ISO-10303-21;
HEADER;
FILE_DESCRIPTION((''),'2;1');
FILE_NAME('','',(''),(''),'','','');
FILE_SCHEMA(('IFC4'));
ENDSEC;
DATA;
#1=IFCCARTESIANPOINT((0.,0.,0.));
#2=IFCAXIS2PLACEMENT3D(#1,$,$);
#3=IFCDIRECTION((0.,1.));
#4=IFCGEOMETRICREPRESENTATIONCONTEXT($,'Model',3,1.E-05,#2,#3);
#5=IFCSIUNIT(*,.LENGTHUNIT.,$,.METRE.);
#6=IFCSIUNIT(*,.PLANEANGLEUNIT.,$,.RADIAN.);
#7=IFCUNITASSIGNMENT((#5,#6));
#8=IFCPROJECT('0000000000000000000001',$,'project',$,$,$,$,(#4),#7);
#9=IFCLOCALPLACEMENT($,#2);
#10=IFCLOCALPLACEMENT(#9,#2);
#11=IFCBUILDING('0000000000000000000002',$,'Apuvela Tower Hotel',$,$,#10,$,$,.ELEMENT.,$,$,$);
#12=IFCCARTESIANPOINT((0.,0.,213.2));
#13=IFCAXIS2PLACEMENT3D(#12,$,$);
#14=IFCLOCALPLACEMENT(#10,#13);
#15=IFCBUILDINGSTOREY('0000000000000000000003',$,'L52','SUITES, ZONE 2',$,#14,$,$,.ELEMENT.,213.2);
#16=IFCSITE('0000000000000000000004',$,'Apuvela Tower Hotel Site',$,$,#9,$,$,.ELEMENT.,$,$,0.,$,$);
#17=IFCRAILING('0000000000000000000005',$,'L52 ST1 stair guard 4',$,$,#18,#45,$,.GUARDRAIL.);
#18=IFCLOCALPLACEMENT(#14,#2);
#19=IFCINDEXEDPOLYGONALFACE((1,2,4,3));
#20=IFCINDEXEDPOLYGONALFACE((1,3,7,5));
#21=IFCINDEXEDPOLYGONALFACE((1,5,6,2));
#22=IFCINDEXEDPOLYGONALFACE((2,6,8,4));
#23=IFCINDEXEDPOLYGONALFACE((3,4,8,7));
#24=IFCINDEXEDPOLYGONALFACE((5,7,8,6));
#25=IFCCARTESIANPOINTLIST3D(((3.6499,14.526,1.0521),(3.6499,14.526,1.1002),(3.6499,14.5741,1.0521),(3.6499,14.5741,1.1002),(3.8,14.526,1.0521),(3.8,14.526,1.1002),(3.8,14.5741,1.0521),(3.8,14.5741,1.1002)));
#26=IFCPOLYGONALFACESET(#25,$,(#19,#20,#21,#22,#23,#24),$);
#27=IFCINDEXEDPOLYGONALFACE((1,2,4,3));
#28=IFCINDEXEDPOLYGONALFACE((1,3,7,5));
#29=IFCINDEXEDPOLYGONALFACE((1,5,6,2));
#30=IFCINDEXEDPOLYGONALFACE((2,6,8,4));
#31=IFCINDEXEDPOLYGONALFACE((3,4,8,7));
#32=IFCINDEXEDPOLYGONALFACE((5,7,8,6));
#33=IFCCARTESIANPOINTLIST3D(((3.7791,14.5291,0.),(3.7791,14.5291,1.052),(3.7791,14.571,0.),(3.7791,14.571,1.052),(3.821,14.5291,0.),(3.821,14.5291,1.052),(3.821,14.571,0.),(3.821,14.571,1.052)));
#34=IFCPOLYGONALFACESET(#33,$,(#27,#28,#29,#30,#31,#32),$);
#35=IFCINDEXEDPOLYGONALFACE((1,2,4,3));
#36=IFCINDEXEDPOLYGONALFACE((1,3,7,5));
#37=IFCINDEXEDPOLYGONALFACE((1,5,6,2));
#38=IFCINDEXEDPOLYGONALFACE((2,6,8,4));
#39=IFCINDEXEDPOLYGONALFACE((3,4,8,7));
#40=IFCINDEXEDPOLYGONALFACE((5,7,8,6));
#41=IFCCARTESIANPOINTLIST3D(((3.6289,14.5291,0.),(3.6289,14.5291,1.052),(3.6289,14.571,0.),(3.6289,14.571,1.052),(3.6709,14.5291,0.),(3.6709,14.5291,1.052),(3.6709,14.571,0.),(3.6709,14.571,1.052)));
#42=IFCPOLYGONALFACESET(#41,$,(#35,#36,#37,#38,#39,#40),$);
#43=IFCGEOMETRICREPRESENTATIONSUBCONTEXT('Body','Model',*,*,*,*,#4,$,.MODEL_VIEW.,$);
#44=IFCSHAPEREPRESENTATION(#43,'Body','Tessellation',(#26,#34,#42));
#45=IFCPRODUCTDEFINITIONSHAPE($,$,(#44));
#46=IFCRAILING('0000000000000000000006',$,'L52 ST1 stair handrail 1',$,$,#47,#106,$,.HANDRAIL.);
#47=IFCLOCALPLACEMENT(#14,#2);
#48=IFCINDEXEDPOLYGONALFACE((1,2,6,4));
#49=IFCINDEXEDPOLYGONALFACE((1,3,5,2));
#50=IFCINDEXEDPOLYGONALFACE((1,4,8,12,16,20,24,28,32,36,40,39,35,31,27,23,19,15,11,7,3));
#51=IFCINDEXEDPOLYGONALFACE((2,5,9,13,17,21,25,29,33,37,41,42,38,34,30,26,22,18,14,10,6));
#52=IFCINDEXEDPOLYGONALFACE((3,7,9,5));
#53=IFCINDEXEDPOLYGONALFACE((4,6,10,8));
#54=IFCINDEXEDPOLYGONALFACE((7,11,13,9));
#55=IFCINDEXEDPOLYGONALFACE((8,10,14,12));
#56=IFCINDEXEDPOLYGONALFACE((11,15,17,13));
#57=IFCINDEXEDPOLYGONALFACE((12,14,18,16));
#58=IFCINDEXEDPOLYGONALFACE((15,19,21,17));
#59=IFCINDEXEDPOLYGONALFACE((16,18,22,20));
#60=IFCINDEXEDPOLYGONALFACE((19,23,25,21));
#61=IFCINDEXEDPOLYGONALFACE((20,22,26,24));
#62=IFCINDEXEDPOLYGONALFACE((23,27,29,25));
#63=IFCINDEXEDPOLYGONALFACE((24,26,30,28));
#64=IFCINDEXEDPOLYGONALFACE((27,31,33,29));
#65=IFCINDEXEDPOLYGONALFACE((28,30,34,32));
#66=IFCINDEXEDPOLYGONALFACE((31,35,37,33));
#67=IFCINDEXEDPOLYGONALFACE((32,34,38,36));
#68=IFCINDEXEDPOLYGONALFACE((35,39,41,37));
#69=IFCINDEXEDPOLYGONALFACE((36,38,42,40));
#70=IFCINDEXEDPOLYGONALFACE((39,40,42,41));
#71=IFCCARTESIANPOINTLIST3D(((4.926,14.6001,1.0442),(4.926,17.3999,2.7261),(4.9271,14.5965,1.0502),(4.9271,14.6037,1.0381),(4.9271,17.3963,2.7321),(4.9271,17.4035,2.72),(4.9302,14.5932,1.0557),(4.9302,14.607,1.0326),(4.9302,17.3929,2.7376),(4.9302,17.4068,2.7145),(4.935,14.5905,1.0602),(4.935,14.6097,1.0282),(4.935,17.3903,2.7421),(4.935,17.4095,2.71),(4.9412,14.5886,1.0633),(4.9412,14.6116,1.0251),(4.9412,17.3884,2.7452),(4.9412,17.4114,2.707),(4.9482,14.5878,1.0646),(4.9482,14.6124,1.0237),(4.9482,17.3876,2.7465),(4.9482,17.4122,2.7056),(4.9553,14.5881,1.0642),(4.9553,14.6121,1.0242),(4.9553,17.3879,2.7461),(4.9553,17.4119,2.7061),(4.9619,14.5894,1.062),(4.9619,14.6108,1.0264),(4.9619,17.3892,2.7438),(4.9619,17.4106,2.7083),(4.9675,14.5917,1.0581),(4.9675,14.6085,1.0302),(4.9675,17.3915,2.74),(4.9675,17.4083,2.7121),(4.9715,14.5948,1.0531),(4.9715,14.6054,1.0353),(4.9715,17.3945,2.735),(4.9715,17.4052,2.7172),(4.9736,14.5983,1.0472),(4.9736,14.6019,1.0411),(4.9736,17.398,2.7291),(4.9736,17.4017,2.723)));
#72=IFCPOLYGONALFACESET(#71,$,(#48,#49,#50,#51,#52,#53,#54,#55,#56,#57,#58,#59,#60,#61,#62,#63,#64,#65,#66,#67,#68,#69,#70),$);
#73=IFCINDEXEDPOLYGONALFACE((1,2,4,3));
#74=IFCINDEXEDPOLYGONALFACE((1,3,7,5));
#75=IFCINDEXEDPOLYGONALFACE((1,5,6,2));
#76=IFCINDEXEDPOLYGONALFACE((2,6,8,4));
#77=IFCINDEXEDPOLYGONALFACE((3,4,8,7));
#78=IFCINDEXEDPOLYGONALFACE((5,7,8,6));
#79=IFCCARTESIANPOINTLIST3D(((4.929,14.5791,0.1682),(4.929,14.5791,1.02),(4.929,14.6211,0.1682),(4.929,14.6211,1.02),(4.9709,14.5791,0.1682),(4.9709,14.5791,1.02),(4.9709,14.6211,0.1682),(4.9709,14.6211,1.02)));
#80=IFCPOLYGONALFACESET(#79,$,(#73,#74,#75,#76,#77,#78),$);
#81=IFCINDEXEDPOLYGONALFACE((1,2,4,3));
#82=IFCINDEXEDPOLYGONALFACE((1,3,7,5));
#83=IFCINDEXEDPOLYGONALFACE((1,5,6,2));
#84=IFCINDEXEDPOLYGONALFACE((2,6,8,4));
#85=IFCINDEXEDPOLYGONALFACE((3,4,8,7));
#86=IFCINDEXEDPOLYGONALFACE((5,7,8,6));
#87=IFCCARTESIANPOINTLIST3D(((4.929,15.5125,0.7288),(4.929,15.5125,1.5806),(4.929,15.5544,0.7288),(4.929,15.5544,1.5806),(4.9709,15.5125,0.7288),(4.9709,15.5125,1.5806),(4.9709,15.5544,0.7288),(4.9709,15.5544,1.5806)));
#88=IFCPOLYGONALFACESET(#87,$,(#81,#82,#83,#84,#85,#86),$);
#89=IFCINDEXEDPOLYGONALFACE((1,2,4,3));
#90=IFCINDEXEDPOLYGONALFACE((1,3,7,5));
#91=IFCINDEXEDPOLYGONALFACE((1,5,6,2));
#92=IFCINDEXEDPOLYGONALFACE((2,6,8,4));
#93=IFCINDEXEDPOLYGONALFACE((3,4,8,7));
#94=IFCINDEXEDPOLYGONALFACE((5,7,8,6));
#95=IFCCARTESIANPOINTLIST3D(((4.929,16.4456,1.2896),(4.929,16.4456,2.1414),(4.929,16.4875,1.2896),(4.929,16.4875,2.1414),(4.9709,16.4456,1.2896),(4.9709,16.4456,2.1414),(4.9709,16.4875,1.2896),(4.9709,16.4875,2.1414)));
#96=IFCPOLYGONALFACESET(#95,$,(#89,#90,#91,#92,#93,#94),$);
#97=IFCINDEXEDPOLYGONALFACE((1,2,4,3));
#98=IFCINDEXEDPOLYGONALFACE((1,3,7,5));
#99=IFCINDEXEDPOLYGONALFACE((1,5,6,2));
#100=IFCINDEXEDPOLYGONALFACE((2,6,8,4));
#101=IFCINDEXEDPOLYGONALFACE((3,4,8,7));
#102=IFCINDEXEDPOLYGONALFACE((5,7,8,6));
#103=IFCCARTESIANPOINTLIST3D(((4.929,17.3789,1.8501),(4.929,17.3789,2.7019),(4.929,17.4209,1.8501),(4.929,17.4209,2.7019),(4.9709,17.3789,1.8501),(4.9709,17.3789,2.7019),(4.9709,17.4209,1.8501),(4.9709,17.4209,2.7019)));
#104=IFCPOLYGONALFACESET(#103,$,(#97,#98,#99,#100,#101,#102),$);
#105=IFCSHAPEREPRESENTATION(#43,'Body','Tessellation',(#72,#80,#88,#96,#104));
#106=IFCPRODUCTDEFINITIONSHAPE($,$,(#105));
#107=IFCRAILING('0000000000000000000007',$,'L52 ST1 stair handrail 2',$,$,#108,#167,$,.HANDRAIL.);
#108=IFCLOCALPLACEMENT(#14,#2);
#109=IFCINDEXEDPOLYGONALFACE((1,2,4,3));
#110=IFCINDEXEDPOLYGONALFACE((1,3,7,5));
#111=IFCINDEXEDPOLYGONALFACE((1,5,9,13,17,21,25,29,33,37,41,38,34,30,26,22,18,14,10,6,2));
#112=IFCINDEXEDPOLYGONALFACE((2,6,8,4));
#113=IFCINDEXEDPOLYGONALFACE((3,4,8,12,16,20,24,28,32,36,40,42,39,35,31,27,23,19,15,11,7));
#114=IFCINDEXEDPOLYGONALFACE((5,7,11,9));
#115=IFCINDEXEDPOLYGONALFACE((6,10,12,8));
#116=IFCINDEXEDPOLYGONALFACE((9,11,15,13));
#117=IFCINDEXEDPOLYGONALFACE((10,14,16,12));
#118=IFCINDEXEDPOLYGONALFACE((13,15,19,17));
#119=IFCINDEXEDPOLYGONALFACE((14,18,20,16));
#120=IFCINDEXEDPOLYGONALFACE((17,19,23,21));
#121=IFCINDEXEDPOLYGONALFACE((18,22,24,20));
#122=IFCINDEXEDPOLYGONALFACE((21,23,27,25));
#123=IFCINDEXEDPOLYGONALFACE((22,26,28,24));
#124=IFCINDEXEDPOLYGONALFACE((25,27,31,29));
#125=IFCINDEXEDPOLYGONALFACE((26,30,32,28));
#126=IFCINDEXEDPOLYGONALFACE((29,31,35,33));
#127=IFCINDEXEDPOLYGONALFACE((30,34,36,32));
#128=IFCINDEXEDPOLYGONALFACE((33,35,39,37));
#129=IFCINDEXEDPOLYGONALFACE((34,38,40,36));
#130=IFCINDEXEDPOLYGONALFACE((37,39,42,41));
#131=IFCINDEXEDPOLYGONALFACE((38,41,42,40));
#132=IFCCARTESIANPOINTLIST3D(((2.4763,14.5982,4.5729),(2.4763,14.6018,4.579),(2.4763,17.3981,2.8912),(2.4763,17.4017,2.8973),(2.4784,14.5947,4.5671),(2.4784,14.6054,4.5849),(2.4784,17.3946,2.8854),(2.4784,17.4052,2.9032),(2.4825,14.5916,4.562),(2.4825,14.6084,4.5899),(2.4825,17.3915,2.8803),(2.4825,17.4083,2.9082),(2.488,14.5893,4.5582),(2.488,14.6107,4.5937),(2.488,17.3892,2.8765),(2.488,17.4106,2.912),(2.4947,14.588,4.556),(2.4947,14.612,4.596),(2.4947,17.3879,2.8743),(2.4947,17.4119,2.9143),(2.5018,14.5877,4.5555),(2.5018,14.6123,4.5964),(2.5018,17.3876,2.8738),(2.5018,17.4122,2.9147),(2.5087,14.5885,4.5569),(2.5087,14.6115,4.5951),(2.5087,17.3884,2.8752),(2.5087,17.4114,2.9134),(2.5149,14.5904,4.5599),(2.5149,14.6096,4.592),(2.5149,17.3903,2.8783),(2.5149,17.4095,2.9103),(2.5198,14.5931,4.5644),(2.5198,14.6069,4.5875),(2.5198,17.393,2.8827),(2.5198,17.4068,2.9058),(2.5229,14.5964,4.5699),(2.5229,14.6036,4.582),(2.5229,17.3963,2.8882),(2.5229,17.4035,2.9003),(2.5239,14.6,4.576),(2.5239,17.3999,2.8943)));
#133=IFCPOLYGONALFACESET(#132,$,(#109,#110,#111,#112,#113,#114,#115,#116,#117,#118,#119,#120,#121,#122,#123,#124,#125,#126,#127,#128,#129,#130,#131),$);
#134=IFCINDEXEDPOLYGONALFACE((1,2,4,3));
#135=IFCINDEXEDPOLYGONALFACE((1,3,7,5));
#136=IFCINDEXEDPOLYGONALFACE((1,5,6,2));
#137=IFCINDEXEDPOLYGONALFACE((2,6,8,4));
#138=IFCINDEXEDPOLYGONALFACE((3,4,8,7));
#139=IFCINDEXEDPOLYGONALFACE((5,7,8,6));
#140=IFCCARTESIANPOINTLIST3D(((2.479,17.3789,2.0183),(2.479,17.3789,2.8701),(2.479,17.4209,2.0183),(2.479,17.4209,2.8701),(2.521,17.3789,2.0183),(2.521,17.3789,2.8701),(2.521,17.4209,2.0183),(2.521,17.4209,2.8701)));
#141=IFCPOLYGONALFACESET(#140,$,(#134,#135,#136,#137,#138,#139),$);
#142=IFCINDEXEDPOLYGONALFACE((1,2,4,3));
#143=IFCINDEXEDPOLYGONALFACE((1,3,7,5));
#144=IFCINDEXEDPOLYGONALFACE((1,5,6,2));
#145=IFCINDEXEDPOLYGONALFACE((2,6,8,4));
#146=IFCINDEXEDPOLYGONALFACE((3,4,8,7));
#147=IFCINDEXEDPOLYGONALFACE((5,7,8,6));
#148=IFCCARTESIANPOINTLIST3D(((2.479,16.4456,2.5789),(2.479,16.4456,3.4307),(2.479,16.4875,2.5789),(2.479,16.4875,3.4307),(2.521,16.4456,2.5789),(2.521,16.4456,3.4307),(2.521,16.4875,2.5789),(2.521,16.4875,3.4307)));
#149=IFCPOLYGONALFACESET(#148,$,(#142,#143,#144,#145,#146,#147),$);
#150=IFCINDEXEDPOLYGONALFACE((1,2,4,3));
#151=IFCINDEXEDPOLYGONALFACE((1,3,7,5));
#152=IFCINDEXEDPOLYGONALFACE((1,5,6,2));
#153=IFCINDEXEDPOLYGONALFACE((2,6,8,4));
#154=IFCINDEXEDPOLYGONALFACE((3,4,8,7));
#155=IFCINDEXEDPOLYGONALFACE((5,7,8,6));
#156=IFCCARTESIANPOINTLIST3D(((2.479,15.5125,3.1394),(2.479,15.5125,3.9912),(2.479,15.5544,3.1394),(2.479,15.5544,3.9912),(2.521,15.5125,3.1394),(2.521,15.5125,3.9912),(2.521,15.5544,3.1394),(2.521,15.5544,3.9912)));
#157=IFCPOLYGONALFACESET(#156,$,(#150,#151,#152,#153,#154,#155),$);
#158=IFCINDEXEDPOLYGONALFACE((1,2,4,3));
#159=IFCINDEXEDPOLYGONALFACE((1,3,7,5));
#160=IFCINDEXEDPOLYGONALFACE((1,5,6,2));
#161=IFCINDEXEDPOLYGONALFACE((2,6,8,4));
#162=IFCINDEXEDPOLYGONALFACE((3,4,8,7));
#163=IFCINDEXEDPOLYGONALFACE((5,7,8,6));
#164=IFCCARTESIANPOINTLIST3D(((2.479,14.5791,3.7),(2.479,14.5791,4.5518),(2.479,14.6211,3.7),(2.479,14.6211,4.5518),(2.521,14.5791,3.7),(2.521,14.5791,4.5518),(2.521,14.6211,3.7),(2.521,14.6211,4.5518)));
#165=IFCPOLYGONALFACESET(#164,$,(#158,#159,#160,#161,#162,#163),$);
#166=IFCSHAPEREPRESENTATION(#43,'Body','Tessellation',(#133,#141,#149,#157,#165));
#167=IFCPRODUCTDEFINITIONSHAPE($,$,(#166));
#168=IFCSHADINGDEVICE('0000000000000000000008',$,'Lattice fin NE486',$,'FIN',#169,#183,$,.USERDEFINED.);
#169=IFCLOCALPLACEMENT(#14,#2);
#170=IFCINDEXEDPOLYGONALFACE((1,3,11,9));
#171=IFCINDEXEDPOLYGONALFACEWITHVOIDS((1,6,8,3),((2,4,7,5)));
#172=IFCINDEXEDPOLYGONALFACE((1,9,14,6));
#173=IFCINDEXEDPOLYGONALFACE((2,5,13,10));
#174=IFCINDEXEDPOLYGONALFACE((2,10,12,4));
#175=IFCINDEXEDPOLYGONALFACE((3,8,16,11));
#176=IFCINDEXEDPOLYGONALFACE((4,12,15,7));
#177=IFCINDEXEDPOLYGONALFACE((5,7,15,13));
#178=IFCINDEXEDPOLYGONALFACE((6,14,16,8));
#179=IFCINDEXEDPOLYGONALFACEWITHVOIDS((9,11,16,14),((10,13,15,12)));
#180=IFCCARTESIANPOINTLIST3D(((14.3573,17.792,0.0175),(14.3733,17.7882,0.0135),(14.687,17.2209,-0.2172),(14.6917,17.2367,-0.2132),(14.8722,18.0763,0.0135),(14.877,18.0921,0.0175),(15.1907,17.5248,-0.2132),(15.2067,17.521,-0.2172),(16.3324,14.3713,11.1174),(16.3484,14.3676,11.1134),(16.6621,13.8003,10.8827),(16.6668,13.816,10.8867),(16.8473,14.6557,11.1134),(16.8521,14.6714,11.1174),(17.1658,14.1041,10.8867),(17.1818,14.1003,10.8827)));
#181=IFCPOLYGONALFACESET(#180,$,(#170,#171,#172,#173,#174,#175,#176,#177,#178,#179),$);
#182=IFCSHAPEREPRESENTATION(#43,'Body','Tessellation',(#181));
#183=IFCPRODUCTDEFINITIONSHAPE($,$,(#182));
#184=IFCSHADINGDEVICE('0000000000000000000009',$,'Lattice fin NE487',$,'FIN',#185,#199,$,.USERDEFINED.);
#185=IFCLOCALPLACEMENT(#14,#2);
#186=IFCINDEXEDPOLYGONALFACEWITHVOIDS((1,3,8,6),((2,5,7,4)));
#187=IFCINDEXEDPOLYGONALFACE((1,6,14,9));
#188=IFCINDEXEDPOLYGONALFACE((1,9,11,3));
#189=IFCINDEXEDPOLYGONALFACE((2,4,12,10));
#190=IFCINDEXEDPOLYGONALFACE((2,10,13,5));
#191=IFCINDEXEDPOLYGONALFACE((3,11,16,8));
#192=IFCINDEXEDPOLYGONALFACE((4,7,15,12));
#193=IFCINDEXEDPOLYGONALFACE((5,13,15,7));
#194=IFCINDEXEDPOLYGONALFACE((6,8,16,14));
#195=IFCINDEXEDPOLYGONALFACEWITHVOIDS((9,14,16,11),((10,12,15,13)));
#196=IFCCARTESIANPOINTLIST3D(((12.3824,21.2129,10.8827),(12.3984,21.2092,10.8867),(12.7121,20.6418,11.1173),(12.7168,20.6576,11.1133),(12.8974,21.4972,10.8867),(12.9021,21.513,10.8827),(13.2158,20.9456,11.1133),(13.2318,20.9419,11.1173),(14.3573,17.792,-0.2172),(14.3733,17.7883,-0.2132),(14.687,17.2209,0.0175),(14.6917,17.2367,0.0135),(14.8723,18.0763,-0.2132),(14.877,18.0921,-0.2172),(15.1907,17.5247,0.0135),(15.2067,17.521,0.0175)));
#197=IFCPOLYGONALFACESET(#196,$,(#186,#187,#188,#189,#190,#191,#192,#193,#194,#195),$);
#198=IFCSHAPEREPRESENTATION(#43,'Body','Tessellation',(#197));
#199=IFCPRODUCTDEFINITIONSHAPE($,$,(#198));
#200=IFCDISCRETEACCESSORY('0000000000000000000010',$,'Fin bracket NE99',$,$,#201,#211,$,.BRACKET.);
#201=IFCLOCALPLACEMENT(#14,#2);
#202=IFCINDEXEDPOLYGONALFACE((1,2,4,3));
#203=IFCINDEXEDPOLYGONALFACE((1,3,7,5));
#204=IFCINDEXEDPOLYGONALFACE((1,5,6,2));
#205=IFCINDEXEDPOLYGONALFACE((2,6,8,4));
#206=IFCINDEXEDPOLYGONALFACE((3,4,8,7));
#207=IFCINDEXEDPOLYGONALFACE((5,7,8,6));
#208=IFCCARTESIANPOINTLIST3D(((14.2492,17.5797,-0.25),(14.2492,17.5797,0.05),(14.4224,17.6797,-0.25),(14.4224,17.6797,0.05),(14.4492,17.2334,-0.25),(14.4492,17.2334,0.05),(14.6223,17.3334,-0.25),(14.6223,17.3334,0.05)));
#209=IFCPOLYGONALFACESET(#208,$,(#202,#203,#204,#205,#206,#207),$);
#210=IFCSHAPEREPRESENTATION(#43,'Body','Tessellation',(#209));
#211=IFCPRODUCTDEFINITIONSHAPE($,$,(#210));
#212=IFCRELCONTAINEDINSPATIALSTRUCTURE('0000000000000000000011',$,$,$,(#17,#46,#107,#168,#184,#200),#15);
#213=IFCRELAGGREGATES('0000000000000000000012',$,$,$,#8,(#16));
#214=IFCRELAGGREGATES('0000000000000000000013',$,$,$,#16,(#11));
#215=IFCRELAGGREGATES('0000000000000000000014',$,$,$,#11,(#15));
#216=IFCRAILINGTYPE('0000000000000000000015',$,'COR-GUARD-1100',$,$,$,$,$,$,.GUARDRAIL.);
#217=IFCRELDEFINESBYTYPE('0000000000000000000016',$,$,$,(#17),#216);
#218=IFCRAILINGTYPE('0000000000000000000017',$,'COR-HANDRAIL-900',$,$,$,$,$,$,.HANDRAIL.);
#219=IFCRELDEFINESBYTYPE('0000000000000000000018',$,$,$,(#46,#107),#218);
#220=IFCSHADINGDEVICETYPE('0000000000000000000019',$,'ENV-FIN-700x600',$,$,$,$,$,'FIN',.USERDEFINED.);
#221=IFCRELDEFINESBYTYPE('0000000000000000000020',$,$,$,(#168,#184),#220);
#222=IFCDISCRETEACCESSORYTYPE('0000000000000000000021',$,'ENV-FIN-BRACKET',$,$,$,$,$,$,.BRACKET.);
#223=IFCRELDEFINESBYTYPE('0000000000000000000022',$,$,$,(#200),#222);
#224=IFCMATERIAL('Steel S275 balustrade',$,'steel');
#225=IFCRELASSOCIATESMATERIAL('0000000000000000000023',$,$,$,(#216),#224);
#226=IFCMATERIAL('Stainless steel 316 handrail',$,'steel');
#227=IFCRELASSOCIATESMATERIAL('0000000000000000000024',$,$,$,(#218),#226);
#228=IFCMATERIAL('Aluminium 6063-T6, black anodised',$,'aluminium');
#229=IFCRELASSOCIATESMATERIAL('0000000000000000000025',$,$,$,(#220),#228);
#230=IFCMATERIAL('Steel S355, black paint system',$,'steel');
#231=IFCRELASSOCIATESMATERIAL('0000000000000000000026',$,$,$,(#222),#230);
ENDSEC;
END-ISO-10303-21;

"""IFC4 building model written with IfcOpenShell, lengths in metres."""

from ifc_helpers import new_model, si_unit, direction, frame, origin, origin_2d, place, context, subcontext, project, spatial, rectangle, hollow_rectangle, circle, extrude, material, material_profile, profile_set, type_object, element, save


model = new_model("IFC4")

# Units and contexts
model_context = context("Model", 3, precision=1e-05, world=origin(), true_north=direction((0.0, 1.0)))
body_context = subcontext(model_context, "Body", "Model", "MODEL_VIEW")
ifc_project = project(units=[si_unit("LENGTHUNIT", "METRE"), si_unit("PLANEANGLEUNIT", "RADIAN")], contexts=[model_context])

# Site, building, storey
site_placement = place(None, origin())
site = spatial("IfcSite", under=ifc_project, at=site_placement, Name="Apuvela Tower Hotel Site", CompositionType="ELEMENT", RefElevation=0.0)
building_placement = place(site_placement, origin())
building = spatial("IfcBuilding", under=site, at=building_placement, Name="Apuvela Tower Hotel", CompositionType="ELEMENT")
storey_placement = place(building_placement, frame((0.0, 0.0, 213.2)))
storey = spatial("IfcBuildingStorey", under=building, at=storey_placement, Name="L52", Description="SUITES, ZONE 2", CompositionType="ELEMENT", Elevation=213.2)

# Railings
ifc_material_1 = material(Name="Steel S275 balustrade", Category="steel")
railing_type_1 = type_object("IfcRailingType", Name="COR-GUARD-1100", PredefinedType="GUARDRAIL", material=ifc_material_1)
railing_1_placement = place(storey_placement, frame((3.8, 14.55, 0.0)))
element("IfcRailing", 1, at=railing_1_placement, inside=storey, type_object=railing_type_1, Name="L52 ST1 stair guard 4", PredefinedType="GUARDRAIL", context=body_context, shape_type="SweptSolid", body=[
    extrude(rectangle(XDim=0.0481, YDim=0.0481, at=origin_2d()), frame((0.0, 0.0, 1.0762), z_axis=(-1.0, 0.0, 0.0), x_axis=(0.0, -1.0, 0.0)), (0.0, 0.0, 1.0), 0.1501),
    extrude(rectangle(XDim=0.042, YDim=0.042, at=origin_2d()), origin(), (0.0, 0.0, 1.0), 1.052),
    extrude(rectangle(XDim=0.042, YDim=0.042, at=origin_2d()), frame((-0.1501, 0.0, 0.0)), (0.0, 0.0, 1.0), 1.052),
])
ifc_material_2 = material(Name="Stainless steel 316 handrail", Category="steel")
railing_type_2 = type_object("IfcRailingType", Name="COR-HANDRAIL-900", PredefinedType="HANDRAIL", material=ifc_material_2)
railing_2_placement = place(storey_placement, frame((4.95, 14.6001, 0.1682)))
element("IfcRailing", 2, at=railing_2_placement, inside=storey, type_object=railing_type_2, Name="L52 ST1 stair handrail 1", PredefinedType="HANDRAIL", context=body_context, shape_type="SweptSolid", body=[
    extrude(circle(Radius=0.0239, at=origin_2d()), frame((0.0, 0.0, 0.876), z_axis=(0.0, 0.857222, 0.514946), x_axis=(-1.0, 0.0, 0.0)), (0.0, 0.0, 1.0), 3.2661),
    extrude(rectangle(XDim=0.042, YDim=0.042, at=origin_2d()), origin(), (0.0, 0.0, 1.0), 0.8518),
    extrude(rectangle(XDim=0.042, YDim=0.042, at=origin_2d()), frame((0.0, 0.9333, 0.5605)), (0.0, 0.0, 1.0), 0.8518),
    extrude(rectangle(XDim=0.042, YDim=0.042, at=origin_2d()), frame((0.0, 1.8665, 1.1213)), (0.0, 0.0, 1.0), 0.8518),
    extrude(rectangle(XDim=0.042, YDim=0.042, at=origin_2d()), frame((0.0, 2.7998, 1.6819)), (0.0, 0.0, 1.0), 0.8518),
])
railing_3_placement = place(storey_placement, frame((2.5, 17.3999, 2.0183)))
element("IfcRailing", 3, at=railing_3_placement, inside=storey, type_object=railing_type_2, Name="L52 ST1 stair handrail 2", PredefinedType="HANDRAIL", context=body_context, shape_type="SweptSolid", body=[
    extrude(circle(Radius=0.0239, at=origin_2d()), frame((0.0, 0.0, 0.876), z_axis=(0.0, -0.857255, 0.514891), x_axis=(1.0, 0.0, 0.0)), (0.0, 0.0, 1.0), 3.2661),
    extrude(rectangle(XDim=0.042, YDim=0.042, at=origin_2d()), origin(), (0.0, 0.0, 1.0), 0.8518),
    extrude(rectangle(XDim=0.042, YDim=0.042, at=origin_2d()), frame((0.0, -0.9333, 0.5605)), (0.0, 0.0, 1.0), 0.8518),
    extrude(rectangle(XDim=0.042, YDim=0.042, at=origin_2d()), frame((0.0, -1.8665, 1.1211)), (0.0, 0.0, 1.0), 0.8518),
    extrude(rectangle(XDim=0.042, YDim=0.042, at=origin_2d()), frame((0.0, -2.7998, 1.6816)), (0.0, 0.0, 1.0), 0.8518),
])

# Shading devices
ifc_material_3 = material(Name="Aluminium 6063-T6, black anodised", Category="aluminium")
ifc_material_profile_1 = material_profile(ifc_material_3, hollow_rectangle(XDim=0.6001, YDim=0.7, WallThickness=0.012, at=origin_2d()), Name="AL BOX 700x600x12")
ifc_profile_set_1 = profile_set([ifc_material_profile_1], Name="Aluminium 6063-T6, black anodised")
shading_device_type = type_object("IfcShadingDeviceType", Name="ENV-FIN-700x600", ElementType="FIN", PredefinedType="USERDEFINED", material=ifc_profile_set_1)
for number, where, z_axis, x_axis, name in (
    (4, (14.782, 17.6565, -0.0999), (0.167641, -0.290336, 0.942126), (0.866005, 0.500035, 0.0), "Lattice fin NE486"),
    (5, (14.782, 17.6565, -0.0999), (-0.16762, 0.290356, 0.942124), (-0.866048, -0.499961, 0.0), "Lattice fin NE487"),
):
    element("IfcShadingDevice", number, at=place(storey_placement, frame(where, z_axis=z_axis, x_axis=x_axis)), inside=storey, type_object=shading_device_type, Name=name, ObjectType="FIN", PredefinedType="USERDEFINED", context=body_context, shape_type="SweptSolid", body=[
        extrude(hollow_rectangle(XDim=0.6001, YDim=0.7, WallThickness=0.012, at=origin_2d()), origin(), (0.0, 0.0, 1.0), 11.7817),
    ])

# Discrete accessory
ifc_material_4 = material(Name="Steel S355, black paint system", Category="steel")
discrete_accessory_type = type_object("IfcDiscreteAccessoryType", Name="ENV-FIN-BRACKET", PredefinedType="BRACKET", material=ifc_material_4)
discrete_accessory_placement = place(storey_placement, frame((14.4358, 17.4565, -0.25), z_axis=(0.0, 0.0, 1.0), x_axis=(-0.5, 0.866025, 0.0)))
element("IfcDiscreteAccessory", 6, at=discrete_accessory_placement, inside=storey, type_object=discrete_accessory_type, Name="Fin bracket NE99", PredefinedType="BRACKET", context=body_context, shape_type="SweptSolid", body=[
    extrude(rectangle(XDim=0.3999, YDim=0.2, at=origin_2d()), origin(), (0.0, 0.0, 1.0), 0.3),
])

save(model, "model.ifc")
